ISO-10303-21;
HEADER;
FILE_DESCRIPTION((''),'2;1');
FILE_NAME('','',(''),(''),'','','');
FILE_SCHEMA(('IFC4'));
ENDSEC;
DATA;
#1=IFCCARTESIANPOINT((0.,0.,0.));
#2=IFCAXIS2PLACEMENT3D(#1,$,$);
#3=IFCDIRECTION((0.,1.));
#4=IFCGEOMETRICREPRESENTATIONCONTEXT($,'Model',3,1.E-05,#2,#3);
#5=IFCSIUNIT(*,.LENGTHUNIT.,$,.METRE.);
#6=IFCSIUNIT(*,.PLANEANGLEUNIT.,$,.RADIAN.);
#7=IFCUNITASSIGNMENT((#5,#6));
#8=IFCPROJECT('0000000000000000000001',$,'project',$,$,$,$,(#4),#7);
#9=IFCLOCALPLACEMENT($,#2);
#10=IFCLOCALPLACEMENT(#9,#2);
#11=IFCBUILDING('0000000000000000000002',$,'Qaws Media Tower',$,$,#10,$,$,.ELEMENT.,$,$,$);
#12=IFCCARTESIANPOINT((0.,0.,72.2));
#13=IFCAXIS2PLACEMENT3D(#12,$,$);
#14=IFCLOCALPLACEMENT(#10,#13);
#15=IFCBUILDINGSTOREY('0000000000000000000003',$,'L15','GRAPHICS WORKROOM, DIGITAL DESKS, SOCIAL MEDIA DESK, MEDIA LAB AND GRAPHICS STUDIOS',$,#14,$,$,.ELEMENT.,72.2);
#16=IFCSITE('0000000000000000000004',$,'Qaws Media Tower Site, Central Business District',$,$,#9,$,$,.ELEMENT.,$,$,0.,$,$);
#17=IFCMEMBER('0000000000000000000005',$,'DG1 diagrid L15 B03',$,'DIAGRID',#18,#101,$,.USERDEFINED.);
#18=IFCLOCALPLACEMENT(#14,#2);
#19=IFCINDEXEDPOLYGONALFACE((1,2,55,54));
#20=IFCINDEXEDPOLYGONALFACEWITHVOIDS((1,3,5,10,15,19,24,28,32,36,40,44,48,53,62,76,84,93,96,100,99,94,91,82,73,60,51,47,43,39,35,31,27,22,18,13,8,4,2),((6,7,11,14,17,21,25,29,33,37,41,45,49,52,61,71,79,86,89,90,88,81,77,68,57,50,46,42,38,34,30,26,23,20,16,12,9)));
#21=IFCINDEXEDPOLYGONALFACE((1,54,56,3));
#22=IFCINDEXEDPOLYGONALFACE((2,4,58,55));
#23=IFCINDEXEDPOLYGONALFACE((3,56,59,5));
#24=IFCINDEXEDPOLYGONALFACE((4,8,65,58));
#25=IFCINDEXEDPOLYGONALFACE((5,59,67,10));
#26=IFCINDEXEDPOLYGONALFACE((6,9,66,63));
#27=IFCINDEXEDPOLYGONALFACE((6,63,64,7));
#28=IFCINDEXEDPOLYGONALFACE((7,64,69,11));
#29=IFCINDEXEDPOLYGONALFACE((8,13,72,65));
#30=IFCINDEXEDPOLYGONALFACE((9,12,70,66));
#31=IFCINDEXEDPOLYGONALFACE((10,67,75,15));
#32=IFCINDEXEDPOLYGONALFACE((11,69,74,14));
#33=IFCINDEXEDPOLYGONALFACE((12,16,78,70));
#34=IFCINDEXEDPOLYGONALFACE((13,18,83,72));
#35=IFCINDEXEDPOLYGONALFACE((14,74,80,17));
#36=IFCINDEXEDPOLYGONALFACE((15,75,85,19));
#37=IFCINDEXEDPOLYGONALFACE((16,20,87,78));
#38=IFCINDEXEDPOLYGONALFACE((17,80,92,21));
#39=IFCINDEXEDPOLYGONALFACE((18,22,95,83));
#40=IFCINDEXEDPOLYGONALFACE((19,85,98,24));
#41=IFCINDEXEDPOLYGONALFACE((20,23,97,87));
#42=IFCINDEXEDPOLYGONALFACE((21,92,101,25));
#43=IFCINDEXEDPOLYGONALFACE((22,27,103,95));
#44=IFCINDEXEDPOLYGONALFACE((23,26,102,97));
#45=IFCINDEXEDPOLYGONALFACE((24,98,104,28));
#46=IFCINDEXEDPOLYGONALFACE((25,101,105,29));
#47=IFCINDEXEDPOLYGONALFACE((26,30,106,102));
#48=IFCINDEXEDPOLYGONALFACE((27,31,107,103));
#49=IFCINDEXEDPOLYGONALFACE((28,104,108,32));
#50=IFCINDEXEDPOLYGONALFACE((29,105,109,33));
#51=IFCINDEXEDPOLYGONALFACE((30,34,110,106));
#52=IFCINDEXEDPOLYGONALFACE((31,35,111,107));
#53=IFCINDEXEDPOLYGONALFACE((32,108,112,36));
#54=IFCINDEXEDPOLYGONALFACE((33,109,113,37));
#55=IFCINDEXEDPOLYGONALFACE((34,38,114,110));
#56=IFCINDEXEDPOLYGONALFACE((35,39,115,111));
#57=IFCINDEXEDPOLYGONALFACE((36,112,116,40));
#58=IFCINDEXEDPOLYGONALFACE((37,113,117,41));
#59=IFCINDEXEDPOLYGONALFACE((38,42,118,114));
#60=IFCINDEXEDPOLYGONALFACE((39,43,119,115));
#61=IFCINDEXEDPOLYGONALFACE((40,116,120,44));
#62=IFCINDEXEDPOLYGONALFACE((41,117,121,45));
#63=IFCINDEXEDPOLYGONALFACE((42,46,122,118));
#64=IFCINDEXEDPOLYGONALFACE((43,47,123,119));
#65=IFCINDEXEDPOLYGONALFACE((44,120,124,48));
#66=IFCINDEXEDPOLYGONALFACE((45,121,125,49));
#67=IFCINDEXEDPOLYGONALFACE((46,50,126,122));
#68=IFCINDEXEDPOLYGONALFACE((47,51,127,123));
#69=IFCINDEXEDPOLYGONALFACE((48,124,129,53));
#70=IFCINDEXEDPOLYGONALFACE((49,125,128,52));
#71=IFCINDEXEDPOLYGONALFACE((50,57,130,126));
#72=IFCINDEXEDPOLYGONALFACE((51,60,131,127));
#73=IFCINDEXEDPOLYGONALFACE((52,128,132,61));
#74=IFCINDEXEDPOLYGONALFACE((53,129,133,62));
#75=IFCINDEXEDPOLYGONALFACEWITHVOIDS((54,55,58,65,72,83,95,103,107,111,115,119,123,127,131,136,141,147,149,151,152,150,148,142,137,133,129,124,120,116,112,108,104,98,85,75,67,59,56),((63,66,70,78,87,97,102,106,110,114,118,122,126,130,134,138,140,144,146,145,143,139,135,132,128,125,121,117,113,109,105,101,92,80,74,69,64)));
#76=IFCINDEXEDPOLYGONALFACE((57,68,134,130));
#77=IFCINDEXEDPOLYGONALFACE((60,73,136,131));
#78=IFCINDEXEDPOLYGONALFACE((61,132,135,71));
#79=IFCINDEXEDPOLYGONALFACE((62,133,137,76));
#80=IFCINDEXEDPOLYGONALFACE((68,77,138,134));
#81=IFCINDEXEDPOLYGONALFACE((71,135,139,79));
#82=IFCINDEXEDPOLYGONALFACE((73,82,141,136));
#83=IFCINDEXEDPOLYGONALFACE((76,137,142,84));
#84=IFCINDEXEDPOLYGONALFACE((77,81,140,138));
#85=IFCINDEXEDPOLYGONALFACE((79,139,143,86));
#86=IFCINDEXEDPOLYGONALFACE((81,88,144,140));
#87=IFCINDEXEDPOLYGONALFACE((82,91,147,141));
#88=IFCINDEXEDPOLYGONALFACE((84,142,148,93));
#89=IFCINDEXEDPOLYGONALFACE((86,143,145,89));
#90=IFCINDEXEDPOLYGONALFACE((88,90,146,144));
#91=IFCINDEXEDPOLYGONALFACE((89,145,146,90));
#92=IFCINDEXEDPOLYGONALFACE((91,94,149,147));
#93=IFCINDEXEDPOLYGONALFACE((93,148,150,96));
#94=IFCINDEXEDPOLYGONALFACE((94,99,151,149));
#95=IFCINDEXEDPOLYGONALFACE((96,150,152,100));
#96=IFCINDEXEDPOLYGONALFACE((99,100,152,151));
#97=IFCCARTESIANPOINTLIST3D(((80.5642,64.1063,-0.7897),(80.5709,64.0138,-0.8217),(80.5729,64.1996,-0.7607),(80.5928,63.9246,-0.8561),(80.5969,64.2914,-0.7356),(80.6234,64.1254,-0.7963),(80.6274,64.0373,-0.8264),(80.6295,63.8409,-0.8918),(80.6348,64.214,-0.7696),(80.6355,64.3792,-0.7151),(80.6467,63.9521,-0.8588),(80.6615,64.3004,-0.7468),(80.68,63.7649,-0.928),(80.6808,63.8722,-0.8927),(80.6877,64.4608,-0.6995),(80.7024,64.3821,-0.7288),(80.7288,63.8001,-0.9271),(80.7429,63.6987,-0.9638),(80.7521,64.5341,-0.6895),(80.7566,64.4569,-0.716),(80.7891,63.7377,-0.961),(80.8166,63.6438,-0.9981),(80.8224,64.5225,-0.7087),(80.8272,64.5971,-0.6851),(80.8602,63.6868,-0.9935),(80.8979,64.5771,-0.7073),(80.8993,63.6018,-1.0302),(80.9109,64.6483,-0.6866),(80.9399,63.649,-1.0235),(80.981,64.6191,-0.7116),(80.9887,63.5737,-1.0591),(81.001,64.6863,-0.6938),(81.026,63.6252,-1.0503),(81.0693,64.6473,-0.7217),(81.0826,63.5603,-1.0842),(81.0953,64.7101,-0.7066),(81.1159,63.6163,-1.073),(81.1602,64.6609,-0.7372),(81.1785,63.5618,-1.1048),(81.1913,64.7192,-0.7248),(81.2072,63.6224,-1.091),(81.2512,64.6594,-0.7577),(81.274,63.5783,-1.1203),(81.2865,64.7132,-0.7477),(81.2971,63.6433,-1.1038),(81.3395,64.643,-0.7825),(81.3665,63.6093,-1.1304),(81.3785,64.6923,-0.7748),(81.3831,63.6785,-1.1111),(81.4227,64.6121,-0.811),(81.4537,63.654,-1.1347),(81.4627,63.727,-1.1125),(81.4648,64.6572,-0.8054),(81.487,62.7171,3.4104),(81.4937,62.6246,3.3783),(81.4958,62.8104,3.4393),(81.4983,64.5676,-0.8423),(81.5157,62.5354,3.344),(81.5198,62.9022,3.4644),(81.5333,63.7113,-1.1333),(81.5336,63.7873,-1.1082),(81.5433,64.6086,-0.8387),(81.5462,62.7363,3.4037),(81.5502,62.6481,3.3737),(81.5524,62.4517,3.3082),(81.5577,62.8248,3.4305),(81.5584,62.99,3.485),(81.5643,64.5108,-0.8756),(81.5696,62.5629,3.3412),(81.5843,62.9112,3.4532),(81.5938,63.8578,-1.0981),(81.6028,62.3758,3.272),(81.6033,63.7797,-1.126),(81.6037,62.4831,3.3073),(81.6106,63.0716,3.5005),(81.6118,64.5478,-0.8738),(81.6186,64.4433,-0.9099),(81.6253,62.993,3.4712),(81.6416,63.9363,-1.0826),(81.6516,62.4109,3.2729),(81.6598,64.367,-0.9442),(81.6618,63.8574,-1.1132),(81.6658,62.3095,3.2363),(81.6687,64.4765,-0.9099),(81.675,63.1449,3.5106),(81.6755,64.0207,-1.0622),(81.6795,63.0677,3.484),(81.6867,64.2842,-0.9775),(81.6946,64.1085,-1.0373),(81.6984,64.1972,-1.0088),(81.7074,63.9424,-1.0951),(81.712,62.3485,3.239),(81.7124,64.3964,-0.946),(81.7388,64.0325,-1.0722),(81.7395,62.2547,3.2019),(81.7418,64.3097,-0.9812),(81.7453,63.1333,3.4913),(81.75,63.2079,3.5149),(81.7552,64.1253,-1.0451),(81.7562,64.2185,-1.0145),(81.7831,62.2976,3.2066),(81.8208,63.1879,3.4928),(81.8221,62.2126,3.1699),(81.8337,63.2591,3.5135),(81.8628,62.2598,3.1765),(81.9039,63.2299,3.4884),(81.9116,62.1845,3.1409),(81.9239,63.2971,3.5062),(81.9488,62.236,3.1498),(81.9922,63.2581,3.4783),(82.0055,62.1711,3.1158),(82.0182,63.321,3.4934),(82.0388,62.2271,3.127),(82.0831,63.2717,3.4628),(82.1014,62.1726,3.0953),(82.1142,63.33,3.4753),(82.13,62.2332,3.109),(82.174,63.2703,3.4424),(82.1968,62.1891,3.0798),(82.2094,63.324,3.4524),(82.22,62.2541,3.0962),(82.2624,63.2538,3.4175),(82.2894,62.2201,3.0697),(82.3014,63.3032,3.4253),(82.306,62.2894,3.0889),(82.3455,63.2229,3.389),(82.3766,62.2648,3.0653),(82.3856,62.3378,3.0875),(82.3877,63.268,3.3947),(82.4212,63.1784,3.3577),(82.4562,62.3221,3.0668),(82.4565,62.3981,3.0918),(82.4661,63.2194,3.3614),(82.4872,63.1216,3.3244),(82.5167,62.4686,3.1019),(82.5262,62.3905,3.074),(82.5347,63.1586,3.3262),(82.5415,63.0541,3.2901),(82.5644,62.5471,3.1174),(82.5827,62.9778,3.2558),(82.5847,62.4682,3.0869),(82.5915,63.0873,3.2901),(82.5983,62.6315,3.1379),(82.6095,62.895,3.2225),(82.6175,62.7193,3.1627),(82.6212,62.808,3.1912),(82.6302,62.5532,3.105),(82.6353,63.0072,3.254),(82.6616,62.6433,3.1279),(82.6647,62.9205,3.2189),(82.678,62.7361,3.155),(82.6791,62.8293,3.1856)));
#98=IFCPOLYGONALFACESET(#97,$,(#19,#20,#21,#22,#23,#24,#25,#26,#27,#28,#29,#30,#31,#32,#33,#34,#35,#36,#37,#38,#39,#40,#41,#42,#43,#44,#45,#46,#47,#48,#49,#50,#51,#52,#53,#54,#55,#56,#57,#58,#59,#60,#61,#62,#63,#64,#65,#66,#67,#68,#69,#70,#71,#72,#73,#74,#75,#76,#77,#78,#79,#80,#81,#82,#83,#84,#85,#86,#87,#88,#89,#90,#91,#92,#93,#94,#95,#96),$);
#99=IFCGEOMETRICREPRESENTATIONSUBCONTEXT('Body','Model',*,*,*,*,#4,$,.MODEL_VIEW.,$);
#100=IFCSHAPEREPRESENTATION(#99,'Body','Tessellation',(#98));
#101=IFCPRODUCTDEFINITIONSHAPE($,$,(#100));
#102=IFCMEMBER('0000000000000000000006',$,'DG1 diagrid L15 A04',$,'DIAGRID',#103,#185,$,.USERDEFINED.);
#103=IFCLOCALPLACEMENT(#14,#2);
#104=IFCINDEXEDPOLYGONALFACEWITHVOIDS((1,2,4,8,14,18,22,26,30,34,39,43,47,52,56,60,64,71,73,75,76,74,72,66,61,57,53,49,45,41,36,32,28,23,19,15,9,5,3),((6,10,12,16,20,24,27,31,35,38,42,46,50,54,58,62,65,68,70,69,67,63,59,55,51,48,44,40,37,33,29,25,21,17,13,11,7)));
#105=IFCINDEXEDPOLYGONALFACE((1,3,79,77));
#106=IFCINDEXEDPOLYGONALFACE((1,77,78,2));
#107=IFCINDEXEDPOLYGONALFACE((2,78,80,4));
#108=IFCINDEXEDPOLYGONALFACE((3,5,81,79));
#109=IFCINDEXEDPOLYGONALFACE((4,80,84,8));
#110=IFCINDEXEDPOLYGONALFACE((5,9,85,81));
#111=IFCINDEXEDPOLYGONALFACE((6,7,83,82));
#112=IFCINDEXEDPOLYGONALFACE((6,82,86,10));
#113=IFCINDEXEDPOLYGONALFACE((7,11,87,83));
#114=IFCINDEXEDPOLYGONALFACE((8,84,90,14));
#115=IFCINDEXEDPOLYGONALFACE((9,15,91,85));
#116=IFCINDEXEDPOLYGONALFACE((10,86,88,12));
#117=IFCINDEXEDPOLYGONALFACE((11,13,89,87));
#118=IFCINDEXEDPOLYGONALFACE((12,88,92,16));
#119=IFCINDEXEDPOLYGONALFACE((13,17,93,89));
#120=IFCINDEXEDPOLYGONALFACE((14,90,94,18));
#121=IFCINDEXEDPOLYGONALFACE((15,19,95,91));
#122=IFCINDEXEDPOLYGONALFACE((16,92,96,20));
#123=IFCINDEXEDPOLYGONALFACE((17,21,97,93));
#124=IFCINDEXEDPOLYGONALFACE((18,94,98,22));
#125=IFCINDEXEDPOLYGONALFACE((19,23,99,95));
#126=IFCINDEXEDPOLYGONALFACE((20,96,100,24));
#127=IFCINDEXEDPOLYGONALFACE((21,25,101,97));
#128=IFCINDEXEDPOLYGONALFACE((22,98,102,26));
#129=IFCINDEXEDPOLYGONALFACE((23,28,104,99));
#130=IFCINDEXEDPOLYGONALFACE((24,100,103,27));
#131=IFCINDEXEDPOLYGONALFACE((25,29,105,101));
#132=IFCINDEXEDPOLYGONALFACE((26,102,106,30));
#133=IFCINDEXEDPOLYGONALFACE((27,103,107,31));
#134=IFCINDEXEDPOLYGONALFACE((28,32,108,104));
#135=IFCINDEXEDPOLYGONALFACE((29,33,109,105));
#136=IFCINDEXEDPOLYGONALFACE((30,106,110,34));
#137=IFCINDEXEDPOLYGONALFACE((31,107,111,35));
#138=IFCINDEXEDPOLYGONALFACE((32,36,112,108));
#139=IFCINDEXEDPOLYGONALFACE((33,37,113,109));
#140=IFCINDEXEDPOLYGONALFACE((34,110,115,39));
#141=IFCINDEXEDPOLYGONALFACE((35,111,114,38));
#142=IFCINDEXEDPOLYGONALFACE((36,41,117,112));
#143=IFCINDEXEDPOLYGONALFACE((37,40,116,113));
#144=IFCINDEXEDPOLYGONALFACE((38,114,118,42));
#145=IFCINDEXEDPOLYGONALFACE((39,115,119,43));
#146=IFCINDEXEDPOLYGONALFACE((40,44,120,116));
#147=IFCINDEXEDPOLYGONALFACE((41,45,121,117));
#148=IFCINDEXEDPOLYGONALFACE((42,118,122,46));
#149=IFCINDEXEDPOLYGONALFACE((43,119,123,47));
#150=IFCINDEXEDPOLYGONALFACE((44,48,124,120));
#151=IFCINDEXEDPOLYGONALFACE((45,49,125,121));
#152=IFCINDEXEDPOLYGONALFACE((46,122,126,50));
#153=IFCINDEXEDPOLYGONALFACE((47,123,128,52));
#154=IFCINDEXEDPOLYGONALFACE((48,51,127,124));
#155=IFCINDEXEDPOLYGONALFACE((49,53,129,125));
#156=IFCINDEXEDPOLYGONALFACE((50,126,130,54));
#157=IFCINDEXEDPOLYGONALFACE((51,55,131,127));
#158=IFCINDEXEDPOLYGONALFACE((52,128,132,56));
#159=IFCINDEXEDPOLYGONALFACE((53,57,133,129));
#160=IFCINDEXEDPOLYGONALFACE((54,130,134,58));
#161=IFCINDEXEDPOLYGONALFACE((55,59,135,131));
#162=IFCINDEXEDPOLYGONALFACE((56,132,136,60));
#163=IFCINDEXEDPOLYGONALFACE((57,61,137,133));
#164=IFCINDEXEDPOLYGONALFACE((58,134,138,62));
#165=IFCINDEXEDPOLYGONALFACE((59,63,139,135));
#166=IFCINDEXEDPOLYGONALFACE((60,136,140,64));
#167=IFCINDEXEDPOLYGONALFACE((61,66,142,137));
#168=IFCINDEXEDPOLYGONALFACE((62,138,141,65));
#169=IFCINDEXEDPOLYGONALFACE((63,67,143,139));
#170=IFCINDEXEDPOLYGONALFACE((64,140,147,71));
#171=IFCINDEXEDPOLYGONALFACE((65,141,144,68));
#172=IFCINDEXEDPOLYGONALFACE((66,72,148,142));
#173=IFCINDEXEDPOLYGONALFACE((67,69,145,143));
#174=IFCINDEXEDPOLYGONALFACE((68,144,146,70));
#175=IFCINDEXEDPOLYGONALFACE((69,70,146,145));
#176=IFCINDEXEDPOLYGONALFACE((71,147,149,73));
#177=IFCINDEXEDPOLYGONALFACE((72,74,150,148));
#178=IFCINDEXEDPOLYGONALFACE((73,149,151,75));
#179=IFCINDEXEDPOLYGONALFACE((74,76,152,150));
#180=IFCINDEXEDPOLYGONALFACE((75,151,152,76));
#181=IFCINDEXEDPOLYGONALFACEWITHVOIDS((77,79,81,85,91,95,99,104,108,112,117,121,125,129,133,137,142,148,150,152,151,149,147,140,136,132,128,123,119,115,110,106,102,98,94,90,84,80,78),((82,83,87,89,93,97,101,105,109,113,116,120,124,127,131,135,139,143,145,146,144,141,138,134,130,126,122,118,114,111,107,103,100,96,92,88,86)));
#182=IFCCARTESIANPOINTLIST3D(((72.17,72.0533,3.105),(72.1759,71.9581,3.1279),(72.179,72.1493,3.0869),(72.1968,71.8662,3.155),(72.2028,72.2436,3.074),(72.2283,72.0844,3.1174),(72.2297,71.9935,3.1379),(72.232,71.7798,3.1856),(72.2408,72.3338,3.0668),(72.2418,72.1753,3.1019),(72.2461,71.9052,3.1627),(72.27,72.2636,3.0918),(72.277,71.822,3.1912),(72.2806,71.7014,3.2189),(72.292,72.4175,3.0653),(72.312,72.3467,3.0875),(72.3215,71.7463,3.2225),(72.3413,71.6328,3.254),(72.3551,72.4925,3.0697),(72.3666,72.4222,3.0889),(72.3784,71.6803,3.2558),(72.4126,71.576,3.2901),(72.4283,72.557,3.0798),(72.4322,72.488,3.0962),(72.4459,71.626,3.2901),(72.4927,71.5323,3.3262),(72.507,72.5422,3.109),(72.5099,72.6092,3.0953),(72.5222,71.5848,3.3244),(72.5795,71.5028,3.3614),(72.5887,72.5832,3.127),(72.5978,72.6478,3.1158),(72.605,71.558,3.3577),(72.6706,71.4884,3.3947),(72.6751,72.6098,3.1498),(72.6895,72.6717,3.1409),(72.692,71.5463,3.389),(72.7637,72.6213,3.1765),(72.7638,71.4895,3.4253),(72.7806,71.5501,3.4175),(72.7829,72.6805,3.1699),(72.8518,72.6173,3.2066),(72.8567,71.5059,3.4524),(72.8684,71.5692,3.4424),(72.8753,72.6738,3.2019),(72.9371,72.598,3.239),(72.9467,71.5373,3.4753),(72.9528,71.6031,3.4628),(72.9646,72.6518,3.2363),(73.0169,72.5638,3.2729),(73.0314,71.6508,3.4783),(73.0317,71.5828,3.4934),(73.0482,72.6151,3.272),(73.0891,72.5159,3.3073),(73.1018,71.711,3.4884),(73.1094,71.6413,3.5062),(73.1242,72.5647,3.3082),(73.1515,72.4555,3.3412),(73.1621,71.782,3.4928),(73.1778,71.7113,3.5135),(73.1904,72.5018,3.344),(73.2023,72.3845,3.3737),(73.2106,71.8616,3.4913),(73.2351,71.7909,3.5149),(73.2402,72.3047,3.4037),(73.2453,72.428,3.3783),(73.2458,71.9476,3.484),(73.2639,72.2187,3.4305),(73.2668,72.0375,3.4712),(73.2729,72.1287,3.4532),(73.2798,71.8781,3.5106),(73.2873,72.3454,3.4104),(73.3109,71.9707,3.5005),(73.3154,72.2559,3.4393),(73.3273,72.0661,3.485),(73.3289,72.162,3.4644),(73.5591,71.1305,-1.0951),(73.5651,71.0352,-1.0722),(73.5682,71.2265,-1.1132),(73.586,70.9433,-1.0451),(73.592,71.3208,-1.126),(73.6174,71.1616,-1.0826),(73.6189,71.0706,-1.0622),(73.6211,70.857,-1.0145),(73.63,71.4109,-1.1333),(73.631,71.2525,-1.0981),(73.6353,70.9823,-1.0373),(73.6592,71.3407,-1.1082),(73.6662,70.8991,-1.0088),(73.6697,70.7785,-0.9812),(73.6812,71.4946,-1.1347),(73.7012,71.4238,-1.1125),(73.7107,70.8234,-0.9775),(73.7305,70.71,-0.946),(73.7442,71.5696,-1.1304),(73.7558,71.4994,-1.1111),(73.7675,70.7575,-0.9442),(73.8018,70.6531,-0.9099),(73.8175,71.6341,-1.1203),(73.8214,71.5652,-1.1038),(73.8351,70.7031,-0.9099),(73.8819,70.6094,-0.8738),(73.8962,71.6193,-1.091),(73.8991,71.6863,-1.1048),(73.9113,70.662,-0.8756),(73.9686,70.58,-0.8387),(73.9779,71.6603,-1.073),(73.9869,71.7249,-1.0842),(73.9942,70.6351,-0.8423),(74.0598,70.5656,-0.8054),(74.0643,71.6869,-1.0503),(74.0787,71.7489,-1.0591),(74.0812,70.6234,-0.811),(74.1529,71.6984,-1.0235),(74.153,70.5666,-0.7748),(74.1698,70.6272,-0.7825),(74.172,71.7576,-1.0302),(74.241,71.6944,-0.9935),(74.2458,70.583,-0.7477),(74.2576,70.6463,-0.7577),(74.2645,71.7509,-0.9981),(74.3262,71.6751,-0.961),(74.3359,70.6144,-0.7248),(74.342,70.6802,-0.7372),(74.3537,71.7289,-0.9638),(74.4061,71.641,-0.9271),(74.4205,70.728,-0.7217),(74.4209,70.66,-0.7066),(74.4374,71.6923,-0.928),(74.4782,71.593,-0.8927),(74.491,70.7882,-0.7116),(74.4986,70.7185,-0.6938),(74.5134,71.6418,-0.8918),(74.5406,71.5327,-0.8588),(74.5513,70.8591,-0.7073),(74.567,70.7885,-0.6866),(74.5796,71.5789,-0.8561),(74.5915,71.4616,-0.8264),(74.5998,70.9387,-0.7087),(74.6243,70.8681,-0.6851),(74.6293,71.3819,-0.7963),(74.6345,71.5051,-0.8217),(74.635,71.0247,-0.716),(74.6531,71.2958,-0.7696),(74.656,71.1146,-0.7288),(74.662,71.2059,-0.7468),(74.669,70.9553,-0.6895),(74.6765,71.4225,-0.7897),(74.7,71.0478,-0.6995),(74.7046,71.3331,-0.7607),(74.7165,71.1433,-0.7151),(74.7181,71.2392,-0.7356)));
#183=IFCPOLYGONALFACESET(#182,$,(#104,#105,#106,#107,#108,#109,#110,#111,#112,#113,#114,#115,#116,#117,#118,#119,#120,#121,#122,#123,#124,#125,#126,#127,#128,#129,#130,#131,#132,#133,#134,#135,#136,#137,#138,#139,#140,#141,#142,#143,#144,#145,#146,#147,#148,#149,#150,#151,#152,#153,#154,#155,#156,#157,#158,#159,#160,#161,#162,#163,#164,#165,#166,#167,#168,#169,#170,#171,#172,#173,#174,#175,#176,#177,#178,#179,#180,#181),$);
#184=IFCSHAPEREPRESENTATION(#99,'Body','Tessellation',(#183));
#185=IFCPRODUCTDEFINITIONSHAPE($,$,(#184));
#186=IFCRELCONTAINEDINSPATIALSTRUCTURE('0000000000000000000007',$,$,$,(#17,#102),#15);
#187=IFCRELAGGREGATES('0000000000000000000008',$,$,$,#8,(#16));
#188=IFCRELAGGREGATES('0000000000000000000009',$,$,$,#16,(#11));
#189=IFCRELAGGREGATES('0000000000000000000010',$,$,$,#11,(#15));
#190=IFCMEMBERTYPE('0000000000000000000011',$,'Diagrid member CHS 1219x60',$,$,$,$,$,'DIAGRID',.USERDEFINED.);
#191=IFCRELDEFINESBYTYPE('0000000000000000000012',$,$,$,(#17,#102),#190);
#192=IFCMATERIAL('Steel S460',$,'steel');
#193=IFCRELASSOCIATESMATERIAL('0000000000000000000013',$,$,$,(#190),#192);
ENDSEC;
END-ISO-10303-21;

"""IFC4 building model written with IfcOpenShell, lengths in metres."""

from ifc_helpers import new_model, si_unit, direction, frame, origin, origin_2d, place, context, subcontext, project, spatial, hollow_circle, extrude, material, material_profile, profile_set, type_object, element, save


model = new_model("IFC4")

# Units and contexts
model_context = context("Model", 3, precision=1e-05, world=origin(), true_north=direction((0.0, 1.0)))
body_context = subcontext(model_context, "Body", "Model", "MODEL_VIEW")
ifc_project = project(units=[si_unit("LENGTHUNIT", "METRE"), si_unit("PLANEANGLEUNIT", "RADIAN")], contexts=[model_context])

# Site, building, storey
site_placement = place(None, origin())
site = spatial("IfcSite", under=ifc_project, at=site_placement, Name="Qaws Media Tower Site, Central Business District", CompositionType="ELEMENT", RefElevation=0.0)
building_placement = place(site_placement, origin())
building = spatial("IfcBuilding", under=site, at=building_placement, Name="Qaws Media Tower", CompositionType="ELEMENT")
storey_placement = place(building_placement, frame((0.0, 0.0, 72.2)))
storey = spatial("IfcBuildingStorey", under=building, at=storey_placement, Name="L15", Description="GRAPHICS WORKROOM, DIGITAL DESKS, SOCIAL MEDIA DESK, MEDIA LAB AND GRAPHICS STUDIOS", CompositionType="ELEMENT", Elevation=72.2)

# Members
ifc_material_1 = material(Name="Steel S460", Category="steel")
ifc_material_profile_1 = material_profile(ifc_material_1, hollow_circle(Radius=0.6096, WallThickness=0.0601, at=origin_2d()), Name="CHS 1219x60")
ifc_profile_set_1 = profile_set([ifc_material_profile_1], Name="Steel S460")
member_type_1 = type_object("IfcMemberType", Name="Diagrid member CHS 1219x60", ElementType="DIAGRID", PredefinedType="USERDEFINED", material=ifc_profile_set_1)
for number, where, z_axis, x_axis, name in (
    (1, (81.1609, 64.1392, -0.9099), (0.204218, -0.307407, 0.929406), (0.83295, 0.553348, 0.0), "DG1 diagrid L15 B03"),
    (2, (74.1392, 71.1609, -0.9099), (-0.307407, 0.204218, 0.929406), (-0.553348, -0.83295, 0.0), "DG1 diagrid L15 A04"),
):
    element("IfcMember", number, at=place(storey_placement, frame(where, z_axis=z_axis, x_axis=x_axis)), inside=storey, type_object=member_type_1, Name=name, ObjectType="DIAGRID", PredefinedType="USERDEFINED", context=body_context, shape_type="SweptSolid", body=[
        extrude(hollow_circle(Radius=0.6096, WallThickness=0.0601, at=origin_2d()), origin(), (0.0, 0.0, 1.0), 4.519),
    ])

save(model, "model.ifc")
